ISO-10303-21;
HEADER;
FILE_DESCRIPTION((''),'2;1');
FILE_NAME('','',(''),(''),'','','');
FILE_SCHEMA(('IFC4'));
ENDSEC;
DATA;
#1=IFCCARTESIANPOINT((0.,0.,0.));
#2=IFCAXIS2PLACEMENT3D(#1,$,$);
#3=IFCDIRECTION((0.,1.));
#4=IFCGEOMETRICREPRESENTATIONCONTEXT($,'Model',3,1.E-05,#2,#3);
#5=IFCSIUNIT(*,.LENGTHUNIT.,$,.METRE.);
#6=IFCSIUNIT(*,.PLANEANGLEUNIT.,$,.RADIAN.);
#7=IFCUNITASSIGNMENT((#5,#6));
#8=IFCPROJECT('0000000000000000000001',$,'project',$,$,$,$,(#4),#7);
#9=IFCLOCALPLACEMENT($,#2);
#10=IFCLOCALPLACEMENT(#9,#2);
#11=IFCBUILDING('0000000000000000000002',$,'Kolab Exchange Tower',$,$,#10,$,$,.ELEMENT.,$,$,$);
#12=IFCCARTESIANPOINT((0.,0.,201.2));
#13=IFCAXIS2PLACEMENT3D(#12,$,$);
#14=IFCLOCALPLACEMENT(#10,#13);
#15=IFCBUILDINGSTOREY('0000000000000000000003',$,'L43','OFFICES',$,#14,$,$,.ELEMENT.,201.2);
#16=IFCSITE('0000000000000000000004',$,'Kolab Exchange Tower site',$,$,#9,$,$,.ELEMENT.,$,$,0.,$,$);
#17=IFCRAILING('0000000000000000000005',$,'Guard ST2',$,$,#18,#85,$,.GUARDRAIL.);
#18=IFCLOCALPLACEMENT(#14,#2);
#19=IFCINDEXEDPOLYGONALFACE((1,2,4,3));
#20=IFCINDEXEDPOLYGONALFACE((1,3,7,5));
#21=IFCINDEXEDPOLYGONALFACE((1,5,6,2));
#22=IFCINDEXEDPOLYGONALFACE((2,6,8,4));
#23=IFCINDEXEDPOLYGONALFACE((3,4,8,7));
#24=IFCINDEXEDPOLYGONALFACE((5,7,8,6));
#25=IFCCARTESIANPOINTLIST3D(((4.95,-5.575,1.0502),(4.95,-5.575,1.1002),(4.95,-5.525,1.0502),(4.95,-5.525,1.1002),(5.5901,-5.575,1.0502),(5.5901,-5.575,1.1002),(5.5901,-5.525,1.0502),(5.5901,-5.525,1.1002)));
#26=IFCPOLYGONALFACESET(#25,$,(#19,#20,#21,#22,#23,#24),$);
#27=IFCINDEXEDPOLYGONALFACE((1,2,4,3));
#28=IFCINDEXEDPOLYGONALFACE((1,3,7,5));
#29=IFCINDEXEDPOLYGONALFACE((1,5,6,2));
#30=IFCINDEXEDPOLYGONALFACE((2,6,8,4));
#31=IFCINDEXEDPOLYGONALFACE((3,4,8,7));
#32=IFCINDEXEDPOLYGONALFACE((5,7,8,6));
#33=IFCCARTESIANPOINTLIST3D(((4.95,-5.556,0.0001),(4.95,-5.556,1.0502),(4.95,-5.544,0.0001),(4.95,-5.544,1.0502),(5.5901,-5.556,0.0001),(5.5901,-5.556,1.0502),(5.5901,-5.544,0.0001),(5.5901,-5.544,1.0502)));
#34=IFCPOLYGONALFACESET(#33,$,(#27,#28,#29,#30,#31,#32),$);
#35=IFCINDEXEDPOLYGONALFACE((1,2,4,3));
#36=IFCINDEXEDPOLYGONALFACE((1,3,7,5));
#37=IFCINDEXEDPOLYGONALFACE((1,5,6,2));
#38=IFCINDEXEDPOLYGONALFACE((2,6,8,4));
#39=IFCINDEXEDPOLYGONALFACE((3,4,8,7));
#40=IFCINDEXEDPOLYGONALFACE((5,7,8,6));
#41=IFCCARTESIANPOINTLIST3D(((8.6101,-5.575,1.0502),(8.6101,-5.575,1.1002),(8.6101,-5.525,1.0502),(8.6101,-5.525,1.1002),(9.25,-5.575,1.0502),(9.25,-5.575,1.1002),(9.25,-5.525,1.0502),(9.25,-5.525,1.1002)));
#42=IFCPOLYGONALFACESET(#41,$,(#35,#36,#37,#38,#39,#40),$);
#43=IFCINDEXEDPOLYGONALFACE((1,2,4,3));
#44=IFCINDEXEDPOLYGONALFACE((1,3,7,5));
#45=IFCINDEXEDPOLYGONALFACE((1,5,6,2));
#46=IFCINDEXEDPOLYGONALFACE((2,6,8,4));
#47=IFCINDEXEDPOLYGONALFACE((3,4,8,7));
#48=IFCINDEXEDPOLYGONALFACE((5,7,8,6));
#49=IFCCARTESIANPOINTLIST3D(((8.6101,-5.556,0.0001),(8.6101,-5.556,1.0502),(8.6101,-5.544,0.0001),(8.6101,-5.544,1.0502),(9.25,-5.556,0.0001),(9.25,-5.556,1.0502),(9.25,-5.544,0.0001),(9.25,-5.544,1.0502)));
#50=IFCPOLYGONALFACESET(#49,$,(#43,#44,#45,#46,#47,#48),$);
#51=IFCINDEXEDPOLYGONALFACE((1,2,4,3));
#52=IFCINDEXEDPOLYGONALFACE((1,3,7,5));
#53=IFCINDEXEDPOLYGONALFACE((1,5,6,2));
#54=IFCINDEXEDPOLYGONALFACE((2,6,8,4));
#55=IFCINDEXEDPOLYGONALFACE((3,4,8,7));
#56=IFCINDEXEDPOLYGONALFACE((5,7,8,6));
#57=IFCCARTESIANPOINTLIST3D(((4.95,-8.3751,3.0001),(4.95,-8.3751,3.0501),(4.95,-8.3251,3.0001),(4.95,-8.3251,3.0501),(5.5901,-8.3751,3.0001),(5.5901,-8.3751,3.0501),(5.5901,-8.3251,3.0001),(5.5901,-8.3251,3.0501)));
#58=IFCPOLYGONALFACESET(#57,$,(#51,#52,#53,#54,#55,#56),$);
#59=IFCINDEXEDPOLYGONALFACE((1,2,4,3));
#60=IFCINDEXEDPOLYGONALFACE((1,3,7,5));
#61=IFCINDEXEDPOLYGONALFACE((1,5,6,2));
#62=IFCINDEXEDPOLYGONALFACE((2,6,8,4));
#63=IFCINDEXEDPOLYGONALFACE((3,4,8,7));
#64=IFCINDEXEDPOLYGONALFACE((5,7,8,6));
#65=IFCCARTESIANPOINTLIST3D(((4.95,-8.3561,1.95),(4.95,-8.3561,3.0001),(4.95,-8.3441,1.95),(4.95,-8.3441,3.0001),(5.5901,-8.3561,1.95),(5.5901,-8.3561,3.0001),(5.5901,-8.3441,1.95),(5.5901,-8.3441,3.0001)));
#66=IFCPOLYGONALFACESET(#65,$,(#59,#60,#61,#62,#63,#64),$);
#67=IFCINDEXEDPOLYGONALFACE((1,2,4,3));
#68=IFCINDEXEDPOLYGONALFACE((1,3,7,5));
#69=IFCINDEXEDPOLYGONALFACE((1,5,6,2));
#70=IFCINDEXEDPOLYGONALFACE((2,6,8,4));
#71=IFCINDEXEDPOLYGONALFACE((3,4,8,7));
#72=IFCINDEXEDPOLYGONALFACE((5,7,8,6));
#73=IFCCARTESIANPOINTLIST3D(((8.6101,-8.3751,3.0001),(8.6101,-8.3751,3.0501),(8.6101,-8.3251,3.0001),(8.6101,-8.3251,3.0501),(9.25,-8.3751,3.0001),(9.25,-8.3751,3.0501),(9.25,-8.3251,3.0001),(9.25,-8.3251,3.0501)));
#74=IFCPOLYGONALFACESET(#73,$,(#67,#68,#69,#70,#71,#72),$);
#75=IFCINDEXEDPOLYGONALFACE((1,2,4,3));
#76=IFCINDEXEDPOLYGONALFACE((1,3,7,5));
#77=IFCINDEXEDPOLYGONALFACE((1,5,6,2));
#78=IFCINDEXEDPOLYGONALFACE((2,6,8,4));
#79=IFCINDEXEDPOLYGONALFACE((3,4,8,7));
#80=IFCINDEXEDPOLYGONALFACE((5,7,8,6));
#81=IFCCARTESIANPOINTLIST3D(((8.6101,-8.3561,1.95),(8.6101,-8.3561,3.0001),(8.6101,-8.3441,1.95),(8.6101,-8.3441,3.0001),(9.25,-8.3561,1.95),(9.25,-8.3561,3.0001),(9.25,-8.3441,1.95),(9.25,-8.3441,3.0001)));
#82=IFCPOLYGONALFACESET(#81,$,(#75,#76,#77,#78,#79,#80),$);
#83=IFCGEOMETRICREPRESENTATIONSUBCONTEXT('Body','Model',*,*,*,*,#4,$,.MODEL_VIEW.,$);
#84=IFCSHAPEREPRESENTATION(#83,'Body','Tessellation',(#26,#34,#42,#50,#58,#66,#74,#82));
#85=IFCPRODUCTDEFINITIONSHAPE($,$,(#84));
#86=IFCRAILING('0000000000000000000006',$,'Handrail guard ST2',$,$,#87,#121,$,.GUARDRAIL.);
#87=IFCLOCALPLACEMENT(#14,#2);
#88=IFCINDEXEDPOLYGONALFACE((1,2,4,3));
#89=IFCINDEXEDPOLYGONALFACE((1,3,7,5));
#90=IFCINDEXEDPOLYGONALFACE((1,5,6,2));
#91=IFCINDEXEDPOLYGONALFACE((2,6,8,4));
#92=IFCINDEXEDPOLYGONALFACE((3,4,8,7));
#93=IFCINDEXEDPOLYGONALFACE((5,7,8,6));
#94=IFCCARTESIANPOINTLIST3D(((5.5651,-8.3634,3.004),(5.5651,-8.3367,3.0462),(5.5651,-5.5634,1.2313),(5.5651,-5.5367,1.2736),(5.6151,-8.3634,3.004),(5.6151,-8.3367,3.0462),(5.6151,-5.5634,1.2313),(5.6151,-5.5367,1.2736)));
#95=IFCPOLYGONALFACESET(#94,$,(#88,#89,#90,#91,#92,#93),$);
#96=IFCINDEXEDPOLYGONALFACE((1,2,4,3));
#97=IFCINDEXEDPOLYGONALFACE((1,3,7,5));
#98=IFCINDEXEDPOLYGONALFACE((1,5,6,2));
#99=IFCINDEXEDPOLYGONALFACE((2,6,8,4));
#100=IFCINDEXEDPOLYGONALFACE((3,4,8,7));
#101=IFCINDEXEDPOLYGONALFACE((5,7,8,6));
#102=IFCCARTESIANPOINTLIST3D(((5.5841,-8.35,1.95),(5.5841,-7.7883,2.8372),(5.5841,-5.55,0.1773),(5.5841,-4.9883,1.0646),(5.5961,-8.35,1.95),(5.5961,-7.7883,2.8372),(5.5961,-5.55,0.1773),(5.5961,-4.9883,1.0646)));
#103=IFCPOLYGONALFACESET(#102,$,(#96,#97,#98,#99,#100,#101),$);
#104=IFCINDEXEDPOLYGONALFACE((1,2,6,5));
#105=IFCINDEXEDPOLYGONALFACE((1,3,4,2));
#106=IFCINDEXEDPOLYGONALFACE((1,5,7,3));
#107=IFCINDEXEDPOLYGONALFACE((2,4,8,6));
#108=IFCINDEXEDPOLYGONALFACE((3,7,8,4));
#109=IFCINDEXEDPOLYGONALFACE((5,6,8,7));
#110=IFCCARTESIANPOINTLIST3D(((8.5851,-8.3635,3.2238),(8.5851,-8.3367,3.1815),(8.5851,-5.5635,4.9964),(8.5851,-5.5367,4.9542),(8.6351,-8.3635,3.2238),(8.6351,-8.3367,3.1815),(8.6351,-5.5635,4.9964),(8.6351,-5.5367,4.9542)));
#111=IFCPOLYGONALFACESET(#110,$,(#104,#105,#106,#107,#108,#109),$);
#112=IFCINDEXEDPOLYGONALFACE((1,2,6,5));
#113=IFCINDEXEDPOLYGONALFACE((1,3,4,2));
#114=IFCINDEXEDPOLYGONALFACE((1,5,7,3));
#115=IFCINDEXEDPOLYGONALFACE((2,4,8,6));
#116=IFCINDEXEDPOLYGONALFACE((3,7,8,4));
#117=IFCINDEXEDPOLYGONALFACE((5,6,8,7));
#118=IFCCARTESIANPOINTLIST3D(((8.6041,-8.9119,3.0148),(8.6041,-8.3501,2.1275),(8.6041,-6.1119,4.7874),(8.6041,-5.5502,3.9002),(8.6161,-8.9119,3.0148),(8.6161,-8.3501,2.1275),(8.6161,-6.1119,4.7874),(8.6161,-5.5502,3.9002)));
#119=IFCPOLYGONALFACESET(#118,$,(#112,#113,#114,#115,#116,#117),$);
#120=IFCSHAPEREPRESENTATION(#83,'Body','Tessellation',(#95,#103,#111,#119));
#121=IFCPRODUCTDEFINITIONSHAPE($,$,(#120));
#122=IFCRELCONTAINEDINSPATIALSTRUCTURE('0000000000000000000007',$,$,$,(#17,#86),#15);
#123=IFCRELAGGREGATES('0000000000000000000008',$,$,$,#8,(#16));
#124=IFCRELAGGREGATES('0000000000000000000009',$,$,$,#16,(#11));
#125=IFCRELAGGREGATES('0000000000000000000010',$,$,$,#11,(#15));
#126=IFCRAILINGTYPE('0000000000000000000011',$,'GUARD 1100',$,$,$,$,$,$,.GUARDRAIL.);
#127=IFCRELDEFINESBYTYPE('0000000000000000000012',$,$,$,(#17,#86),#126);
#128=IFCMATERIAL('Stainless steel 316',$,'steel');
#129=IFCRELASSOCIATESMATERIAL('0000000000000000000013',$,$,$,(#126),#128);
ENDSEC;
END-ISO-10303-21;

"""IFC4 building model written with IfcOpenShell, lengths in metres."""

from ifc_helpers import new_model, si_unit, direction, frame, frame_2d, origin, origin_2d, place, context, subcontext, project, spatial, rectangle, extrude, material, type_object, element, save


model = new_model("IFC4")

# Units and contexts
model_context = context("Model", 3, precision=1e-05, world=origin(), true_north=direction((0.0, 1.0)))
body_context = subcontext(model_context, "Body", "Model", "MODEL_VIEW")
ifc_project = project(units=[si_unit("LENGTHUNIT", "METRE"), si_unit("PLANEANGLEUNIT", "RADIAN")], contexts=[model_context])

# Site, building, storey
site_placement = place(None, origin())
site = spatial("IfcSite", under=ifc_project, at=site_placement, Name="Kolab Exchange Tower site", CompositionType="ELEMENT", RefElevation=0.0)
building_placement = place(site_placement, origin())
building = spatial("IfcBuilding", under=site, at=building_placement, Name="Kolab Exchange Tower", CompositionType="ELEMENT")
storey_placement = place(building_placement, frame((0.0, 0.0, 201.2)))
storey = spatial("IfcBuildingStorey", under=building, at=storey_placement, Name="L43", Description="OFFICES", CompositionType="ELEMENT", Elevation=201.2)

# Shared definitions
ifc_material_1 = material(Name="Stainless steel 316", Category="steel")

# Railings
railing_type = type_object("IfcRailingType", Name="GUARD 1100", PredefinedType="GUARDRAIL", material=ifc_material_1)
railing_1_placement = place(storey_placement, frame((4.95, -5.55, 0.0)))
element("IfcRailing", 1, at=railing_1_placement, inside=storey, type_object=railing_type, Name="Guard ST2", PredefinedType="GUARDRAIL", context=body_context, shape_type="SweptSolid", body=[
    extrude(rectangle(XDim=0.05, YDim=0.05, at=origin_2d()), frame((0.0, 0.0, 1.0752), z_axis=(1.0, 0.0, 0.0), x_axis=(0.0, 1.0, 0.0)), (0.0, 0.0, 1.0), 0.6401),
    extrude(rectangle(XDim=0.012, YDim=1.0501, at=frame_2d((0.0, 0.5251))), frame((0.0, 0.0, 0.0), z_axis=(1.0, 0.0, 0.0), x_axis=(0.0, 1.0, 0.0)), (0.0, 0.0, 1.0), 0.6401),
    extrude(rectangle(XDim=0.05, YDim=0.05, at=origin_2d()), frame((3.6602, 0.0, 1.0752), z_axis=(1.0, 0.0, 0.0), x_axis=(0.0, 1.0, 0.0)), (0.0, 0.0, 1.0), 0.6399),
    extrude(rectangle(XDim=0.012, YDim=1.0501, at=frame_2d((0.0, 0.5251))), frame((3.6602, 0.0, 0.0), z_axis=(1.0, 0.0, 0.0), x_axis=(0.0, 1.0, 0.0)), (0.0, 0.0, 1.0), 0.6399),
    extrude(rectangle(XDim=0.05, YDim=0.05, at=origin_2d()), frame((0.0, -2.8, 3.0251), z_axis=(1.0, 0.0, 0.0), x_axis=(0.0, 1.0, 0.0)), (0.0, 0.0, 1.0), 0.6401),
    extrude(rectangle(XDim=0.012, YDim=1.0501, at=frame_2d((0.0, 0.5251))), frame((0.0, -2.8, 1.95), z_axis=(1.0, 0.0, 0.0), x_axis=(0.0, 1.0, 0.0)), (0.0, 0.0, 1.0), 0.6401),
    extrude(rectangle(XDim=0.05, YDim=0.05, at=origin_2d()), frame((3.6602, -2.8, 3.0251), z_axis=(1.0, 0.0, 0.0), x_axis=(0.0, 1.0, 0.0)), (0.0, 0.0, 1.0), 0.6399),
    extrude(rectangle(XDim=0.012, YDim=1.0501, at=frame_2d((0.0, 0.5251))), frame((3.6602, -2.8, 1.95), z_axis=(1.0, 0.0, 0.0), x_axis=(0.0, 1.0, 0.0)), (0.0, 0.0, 1.0), 0.6399),
])
railing_2_placement = place(storey_placement, frame((5.5901, -5.55, 0.1772)))
element("IfcRailing", 2, at=railing_2_placement, inside=storey, type_object=railing_type, Name="Handrail guard ST2", PredefinedType="GUARDRAIL", context=body_context, shape_type="SweptSolid", body=[
    extrude(rectangle(XDim=0.05, YDim=0.05, at=origin_2d()), frame((0.0, 0.0, 1.0752), z_axis=(0.0, -0.844909, 0.53491), x_axis=(1.0, 0.0, 0.0)), (0.0, 0.0, 1.0), 3.314),
    extrude(rectangle(XDim=0.012, YDim=1.0501, at=frame_2d((0.0, 0.5251))), frame((0.0, 0.0, 0.0), z_axis=(0.0, -0.844909, 0.53491), x_axis=(1.0, 0.0, 0.0)), (0.0, 0.0, 1.0), 3.314),
    extrude(rectangle(XDim=0.05, YDim=0.05, at=origin_2d()), frame((3.02, -2.8, 3.0254), z_axis=(0.0, 0.844909, 0.53491), x_axis=(-1.0, 0.0, 0.0)), (0.0, 0.0, 1.0), 3.314),
    extrude(rectangle(XDim=0.012, YDim=1.0501, at=frame_2d((0.0, 0.5251))), frame((3.02, -2.8, 1.9502), z_axis=(0.0, 0.844909, 0.53491), x_axis=(-1.0, 0.0, 0.0)), (0.0, 0.0, 1.0), 3.314),
])

save(model, "model.ifc")
